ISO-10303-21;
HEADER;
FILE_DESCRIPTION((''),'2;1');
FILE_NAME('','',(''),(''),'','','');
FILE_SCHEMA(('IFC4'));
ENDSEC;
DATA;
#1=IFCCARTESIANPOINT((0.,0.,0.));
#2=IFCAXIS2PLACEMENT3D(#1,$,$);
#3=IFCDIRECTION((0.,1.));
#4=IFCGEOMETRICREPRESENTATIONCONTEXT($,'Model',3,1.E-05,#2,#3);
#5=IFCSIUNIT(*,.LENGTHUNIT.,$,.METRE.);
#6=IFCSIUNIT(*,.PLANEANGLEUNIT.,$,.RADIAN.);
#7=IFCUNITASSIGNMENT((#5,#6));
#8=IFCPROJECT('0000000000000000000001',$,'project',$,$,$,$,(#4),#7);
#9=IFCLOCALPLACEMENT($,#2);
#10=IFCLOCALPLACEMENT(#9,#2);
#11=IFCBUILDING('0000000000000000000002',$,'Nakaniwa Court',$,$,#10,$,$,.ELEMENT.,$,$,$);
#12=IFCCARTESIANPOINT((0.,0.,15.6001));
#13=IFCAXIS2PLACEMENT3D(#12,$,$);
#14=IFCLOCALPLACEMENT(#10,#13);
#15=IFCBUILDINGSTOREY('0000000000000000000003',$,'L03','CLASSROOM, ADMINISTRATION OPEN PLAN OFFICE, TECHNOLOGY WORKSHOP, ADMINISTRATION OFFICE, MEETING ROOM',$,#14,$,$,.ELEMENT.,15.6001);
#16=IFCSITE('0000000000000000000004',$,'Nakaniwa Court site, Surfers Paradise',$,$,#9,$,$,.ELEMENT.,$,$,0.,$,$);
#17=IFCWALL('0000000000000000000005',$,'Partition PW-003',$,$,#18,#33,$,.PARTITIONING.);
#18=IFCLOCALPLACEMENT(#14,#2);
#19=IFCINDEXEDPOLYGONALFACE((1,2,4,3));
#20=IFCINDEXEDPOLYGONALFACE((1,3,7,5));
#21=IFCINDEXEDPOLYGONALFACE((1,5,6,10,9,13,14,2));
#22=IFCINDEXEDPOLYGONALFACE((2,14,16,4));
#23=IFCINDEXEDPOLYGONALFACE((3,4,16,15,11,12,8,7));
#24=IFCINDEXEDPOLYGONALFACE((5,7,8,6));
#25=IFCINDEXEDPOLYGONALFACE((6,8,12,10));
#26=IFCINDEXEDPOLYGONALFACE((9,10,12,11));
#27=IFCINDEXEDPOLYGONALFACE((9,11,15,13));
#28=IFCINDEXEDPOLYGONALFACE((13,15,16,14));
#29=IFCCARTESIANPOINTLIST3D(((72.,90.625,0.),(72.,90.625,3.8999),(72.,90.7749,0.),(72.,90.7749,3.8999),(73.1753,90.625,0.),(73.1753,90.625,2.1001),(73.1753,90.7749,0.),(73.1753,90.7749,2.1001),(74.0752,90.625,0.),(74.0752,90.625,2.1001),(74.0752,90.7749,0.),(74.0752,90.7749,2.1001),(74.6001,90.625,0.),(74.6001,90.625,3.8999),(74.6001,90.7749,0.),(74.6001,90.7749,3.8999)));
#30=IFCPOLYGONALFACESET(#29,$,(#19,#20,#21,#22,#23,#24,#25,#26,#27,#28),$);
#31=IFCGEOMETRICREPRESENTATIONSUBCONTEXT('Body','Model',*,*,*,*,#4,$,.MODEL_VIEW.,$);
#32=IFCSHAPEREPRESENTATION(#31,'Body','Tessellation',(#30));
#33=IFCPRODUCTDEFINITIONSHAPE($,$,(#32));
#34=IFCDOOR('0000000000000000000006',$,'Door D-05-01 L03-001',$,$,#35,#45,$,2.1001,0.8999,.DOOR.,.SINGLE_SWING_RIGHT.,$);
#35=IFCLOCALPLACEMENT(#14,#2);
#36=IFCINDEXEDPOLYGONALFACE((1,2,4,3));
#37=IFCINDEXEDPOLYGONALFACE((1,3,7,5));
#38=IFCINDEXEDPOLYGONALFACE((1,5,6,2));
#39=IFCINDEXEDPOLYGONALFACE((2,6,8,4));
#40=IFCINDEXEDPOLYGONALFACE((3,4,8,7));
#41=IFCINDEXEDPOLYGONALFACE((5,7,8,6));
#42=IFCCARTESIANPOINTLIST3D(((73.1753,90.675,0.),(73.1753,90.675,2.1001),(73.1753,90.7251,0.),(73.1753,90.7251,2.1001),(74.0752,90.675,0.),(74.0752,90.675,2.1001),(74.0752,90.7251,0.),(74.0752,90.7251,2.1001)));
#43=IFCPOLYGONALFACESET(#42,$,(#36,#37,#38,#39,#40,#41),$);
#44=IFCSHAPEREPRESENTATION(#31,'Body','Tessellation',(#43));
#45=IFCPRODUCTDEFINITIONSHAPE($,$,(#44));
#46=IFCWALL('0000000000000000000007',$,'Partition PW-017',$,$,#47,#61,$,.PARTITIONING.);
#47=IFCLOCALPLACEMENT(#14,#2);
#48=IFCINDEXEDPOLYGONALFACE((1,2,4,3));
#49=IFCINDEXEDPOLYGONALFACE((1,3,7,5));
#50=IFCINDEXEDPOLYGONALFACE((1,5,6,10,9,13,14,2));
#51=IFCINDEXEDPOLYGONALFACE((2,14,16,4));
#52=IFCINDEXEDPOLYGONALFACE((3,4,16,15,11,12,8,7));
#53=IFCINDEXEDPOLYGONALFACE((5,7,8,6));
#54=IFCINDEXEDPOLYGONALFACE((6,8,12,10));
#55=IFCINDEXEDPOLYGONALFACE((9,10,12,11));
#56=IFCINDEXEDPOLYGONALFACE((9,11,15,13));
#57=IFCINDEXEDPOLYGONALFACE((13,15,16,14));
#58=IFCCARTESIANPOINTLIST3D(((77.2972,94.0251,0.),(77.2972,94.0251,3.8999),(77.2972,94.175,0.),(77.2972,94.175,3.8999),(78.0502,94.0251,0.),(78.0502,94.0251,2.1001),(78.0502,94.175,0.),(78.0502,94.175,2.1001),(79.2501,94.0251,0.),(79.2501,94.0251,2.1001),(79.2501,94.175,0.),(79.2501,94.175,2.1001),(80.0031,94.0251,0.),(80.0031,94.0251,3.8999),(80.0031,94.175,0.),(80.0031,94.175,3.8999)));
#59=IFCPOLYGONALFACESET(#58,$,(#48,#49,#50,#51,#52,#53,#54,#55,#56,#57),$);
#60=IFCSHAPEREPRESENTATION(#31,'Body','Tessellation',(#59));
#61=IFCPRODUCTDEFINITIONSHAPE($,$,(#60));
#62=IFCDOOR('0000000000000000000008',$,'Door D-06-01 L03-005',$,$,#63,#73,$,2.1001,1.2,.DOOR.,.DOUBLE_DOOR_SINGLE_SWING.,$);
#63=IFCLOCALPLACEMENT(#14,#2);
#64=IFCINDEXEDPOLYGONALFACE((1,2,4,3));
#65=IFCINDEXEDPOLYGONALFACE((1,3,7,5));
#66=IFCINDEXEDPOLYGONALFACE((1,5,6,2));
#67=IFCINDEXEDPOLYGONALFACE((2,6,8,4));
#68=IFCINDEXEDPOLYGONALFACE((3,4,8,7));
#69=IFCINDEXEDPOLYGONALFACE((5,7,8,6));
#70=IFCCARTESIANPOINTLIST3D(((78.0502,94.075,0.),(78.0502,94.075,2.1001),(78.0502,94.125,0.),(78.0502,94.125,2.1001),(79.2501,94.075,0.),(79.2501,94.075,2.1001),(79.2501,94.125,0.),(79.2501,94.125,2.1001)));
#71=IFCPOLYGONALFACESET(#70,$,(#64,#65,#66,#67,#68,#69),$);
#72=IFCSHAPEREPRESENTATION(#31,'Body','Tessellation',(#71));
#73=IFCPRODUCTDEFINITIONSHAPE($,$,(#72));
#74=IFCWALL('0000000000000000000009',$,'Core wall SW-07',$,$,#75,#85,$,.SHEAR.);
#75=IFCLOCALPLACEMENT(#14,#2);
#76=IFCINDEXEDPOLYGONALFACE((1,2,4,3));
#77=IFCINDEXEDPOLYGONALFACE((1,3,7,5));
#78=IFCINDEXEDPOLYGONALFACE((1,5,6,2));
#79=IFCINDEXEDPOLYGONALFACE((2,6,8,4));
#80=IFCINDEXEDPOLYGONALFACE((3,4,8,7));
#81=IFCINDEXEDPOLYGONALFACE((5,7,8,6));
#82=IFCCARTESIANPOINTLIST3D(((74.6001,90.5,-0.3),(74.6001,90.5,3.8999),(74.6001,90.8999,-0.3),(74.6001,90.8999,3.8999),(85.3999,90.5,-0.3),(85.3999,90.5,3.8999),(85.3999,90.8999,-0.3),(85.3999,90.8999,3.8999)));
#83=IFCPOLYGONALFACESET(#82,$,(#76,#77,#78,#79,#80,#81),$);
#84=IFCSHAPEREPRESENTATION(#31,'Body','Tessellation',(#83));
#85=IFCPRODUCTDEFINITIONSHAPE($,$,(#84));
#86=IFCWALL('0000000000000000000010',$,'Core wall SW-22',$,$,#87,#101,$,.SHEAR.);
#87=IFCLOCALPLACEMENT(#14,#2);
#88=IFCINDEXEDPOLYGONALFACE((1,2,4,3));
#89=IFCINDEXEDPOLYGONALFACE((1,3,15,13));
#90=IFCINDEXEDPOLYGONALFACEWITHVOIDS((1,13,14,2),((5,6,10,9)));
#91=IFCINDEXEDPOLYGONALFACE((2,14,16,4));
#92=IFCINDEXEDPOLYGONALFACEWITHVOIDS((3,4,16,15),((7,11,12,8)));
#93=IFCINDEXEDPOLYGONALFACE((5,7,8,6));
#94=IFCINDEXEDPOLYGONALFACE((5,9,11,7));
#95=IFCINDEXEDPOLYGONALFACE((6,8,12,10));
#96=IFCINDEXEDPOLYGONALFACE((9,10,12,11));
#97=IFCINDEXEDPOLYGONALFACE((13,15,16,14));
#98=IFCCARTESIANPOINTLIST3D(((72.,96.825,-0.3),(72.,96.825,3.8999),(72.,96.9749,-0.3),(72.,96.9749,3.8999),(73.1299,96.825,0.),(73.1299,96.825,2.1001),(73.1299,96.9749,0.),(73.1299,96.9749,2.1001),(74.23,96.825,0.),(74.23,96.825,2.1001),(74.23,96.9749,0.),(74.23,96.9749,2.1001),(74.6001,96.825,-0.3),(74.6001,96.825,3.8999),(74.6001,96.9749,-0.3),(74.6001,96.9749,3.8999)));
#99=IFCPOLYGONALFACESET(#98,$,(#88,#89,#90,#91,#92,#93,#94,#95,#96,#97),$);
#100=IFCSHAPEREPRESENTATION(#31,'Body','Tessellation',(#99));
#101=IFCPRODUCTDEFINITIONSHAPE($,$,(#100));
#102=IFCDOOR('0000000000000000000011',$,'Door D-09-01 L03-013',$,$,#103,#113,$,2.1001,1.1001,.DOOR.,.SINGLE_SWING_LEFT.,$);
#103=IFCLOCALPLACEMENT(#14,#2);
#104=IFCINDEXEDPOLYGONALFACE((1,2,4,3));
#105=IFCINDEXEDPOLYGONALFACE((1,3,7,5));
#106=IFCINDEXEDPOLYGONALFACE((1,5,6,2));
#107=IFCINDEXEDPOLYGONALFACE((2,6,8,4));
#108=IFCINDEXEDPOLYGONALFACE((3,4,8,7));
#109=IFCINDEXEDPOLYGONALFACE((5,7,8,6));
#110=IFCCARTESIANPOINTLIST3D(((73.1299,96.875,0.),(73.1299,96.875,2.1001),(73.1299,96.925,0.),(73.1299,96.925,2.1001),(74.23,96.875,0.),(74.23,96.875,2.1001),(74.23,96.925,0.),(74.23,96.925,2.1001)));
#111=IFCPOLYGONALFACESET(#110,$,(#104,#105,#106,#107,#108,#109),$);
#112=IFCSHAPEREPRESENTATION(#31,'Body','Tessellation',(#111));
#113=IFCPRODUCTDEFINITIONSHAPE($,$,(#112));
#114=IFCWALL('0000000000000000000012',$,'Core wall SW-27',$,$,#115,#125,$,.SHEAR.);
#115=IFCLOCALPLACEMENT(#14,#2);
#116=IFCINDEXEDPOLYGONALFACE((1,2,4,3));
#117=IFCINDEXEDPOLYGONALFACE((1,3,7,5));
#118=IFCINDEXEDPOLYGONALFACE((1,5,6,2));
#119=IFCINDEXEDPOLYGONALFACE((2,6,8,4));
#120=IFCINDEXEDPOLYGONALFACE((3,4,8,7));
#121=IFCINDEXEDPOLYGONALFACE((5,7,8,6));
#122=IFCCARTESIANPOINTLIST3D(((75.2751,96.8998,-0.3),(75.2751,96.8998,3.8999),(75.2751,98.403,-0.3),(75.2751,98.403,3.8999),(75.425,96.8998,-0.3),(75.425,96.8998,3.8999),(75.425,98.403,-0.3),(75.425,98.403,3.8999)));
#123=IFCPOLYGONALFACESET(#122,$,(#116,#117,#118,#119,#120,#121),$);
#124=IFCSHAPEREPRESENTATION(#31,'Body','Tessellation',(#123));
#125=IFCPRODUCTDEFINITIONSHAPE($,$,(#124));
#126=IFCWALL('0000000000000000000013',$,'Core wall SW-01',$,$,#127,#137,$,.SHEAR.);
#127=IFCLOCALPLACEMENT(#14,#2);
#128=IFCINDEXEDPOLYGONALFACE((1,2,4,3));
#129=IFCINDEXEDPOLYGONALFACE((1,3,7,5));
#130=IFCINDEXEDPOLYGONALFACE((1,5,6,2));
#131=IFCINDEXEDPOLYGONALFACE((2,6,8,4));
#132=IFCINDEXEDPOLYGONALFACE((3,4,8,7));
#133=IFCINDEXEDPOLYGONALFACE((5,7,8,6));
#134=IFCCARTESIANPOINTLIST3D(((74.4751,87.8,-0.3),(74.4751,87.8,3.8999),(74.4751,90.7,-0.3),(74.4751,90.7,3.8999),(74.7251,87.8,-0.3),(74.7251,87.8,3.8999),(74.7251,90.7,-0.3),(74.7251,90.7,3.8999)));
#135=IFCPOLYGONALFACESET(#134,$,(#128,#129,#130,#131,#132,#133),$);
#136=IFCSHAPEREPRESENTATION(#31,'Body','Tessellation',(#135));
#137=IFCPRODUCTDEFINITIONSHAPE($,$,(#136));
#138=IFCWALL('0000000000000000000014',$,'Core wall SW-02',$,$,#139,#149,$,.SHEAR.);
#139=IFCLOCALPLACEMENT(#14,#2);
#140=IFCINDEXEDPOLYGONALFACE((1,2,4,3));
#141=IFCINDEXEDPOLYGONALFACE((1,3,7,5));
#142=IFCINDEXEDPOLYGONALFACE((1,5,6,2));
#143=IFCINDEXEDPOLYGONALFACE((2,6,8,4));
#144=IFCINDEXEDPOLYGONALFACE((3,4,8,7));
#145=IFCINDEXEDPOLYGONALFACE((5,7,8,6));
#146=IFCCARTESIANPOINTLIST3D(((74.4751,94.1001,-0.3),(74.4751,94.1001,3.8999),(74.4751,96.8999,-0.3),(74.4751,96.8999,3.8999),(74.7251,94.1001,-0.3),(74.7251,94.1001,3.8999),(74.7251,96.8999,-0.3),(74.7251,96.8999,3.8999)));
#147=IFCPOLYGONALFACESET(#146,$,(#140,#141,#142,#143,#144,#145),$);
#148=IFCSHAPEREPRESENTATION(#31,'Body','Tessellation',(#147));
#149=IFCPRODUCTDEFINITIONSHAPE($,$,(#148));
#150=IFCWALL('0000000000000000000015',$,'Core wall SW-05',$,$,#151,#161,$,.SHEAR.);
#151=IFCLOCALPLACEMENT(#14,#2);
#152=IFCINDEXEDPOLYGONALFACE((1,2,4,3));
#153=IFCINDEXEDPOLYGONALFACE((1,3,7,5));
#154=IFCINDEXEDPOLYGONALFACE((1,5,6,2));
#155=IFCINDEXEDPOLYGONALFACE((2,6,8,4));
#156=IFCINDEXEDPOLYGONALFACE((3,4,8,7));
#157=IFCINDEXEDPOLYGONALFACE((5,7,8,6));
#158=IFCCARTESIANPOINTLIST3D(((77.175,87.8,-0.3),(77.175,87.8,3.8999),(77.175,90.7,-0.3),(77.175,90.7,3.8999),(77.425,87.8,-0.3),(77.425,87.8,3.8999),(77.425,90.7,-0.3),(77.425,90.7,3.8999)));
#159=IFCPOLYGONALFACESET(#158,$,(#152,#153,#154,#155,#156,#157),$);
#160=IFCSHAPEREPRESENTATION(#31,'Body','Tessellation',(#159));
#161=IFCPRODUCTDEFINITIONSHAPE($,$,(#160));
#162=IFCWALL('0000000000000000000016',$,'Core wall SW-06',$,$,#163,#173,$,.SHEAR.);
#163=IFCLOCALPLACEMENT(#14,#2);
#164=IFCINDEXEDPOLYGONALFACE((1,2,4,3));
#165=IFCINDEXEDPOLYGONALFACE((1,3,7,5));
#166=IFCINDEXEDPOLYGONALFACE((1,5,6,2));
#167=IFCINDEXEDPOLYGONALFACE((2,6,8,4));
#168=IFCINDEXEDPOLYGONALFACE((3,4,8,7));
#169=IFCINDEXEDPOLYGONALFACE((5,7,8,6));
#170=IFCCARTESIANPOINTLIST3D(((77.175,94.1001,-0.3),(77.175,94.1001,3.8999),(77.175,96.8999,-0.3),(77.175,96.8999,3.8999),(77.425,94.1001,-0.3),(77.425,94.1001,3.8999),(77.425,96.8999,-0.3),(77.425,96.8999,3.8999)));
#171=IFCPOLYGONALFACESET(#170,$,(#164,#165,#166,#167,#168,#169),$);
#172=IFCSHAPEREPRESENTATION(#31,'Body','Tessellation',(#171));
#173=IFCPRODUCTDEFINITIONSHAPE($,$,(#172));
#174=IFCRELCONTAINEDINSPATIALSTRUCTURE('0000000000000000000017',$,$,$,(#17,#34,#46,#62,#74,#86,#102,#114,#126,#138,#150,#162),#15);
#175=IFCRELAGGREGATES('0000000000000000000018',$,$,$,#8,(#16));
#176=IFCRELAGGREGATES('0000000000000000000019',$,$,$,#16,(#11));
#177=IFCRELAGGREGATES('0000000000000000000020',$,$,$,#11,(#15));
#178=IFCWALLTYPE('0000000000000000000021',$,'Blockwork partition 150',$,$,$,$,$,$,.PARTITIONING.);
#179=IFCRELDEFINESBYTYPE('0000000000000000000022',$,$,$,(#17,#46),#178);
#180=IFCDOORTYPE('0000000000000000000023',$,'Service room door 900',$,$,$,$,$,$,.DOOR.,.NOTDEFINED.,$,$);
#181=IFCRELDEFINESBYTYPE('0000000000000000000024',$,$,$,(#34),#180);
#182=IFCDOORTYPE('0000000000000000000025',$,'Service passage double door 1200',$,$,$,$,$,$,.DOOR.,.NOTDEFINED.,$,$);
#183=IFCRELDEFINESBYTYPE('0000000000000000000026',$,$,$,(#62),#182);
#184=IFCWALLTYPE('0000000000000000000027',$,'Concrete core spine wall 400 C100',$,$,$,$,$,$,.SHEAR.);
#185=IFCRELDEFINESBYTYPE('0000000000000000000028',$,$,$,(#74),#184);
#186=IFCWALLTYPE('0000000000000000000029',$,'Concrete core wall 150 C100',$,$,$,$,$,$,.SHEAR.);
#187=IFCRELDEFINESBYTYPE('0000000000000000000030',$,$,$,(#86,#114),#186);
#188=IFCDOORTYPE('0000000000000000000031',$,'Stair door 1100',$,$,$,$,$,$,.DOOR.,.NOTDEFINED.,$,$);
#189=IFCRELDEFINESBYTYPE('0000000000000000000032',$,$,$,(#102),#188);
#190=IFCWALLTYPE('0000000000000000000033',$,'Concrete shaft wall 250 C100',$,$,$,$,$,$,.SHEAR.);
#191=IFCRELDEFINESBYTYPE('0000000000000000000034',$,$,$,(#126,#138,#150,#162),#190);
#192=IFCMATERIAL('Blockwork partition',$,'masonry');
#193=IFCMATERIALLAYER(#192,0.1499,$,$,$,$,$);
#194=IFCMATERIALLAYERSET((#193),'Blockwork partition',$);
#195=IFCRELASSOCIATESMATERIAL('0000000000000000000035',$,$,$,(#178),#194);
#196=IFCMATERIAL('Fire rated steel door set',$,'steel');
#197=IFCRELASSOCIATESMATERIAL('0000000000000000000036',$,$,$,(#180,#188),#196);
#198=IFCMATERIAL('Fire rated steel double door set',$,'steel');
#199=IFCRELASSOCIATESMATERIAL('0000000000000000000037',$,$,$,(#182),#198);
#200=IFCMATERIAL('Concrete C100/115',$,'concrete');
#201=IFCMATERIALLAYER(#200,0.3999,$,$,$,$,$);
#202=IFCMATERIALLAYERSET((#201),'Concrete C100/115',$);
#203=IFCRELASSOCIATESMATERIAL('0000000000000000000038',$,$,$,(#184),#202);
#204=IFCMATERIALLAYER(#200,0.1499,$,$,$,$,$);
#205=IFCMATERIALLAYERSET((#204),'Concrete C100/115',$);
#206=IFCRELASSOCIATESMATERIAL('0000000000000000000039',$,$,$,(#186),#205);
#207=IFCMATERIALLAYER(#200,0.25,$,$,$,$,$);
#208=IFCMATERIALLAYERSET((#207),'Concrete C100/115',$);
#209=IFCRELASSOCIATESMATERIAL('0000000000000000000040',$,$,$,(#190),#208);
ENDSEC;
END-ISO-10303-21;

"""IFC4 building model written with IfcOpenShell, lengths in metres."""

from ifc_helpers import new_model, si_unit, direction, frame, frame_2d, origin, place, context, subcontext, project, spatial, rectangle, extrude, material, layer, layer_set, type_object, element, fill, save


model = new_model("IFC4")

# Units and contexts
model_context = context("Model", 3, precision=1e-05, world=origin(), true_north=direction((0.0, 1.0)))
body_context = subcontext(model_context, "Body", "Model", "MODEL_VIEW")
ifc_project = project(units=[si_unit("LENGTHUNIT", "METRE"), si_unit("PLANEANGLEUNIT", "RADIAN")], contexts=[model_context])

# Site, building, storey
site_placement = place(None, origin())
site = spatial("IfcSite", under=ifc_project, at=site_placement, Name="Nakaniwa Court site, Surfers Paradise", CompositionType="ELEMENT", RefElevation=0.0)
building_placement = place(site_placement, origin())
building = spatial("IfcBuilding", under=site, at=building_placement, Name="Nakaniwa Court", CompositionType="ELEMENT")
storey_placement = place(building_placement, frame((0.0, 0.0, 15.6001)))
storey = spatial("IfcBuildingStorey", under=building, at=storey_placement, Name="L03", Description="CLASSROOM, ADMINISTRATION OPEN PLAN OFFICE, TECHNOLOGY WORKSHOP, ADMINISTRATION OFFICE, MEETING ROOM", CompositionType="ELEMENT", Elevation=15.6001)

# Walls, openings, doors
ifc_material_1 = material(Name="Blockwork partition", Category="masonry")
ifc_layer_1 = layer(ifc_material_1, 0.1499)
ifc_layer_set_1 = layer_set([ifc_layer_1], Name="Blockwork partition")
wall_type_1 = type_object("IfcWallType", Name="Blockwork partition 150", PredefinedType="PARTITIONING", material=ifc_layer_set_1)
wall_1_placement = place(storey_placement, frame((74.6001, 90.7, 0.0), z_axis=(0.0, 0.0, 1.0), x_axis=(-1.0, 0.0, 0.0)))
wall_1 = element("IfcWall", 1, at=wall_1_placement, inside=storey, type_object=wall_type_1, Name="Partition PW-003", PredefinedType="PARTITIONING", context=body_context, shape_type="SweptSolid", body=[
    extrude(rectangle(XDim=2.6001, YDim=0.1499, at=frame_2d((1.3, 0.0))), origin(), (0.0, 0.0, 1.0), 3.8999),
])
opening_1_placement = place(wall_1_placement, frame((0.5249, 0.0, 0.0)))
opening_1 = element("IfcOpeningElement", 2, at=opening_1_placement, cuts=wall_1, PredefinedType="OPENING", context=body_context, shape_type="SweptSolid", body=[
    extrude(rectangle(XDim=0.8999, YDim=2.1001, at=frame_2d((0.45, 1.05))), frame((0.0, 0.085, 0.0), z_axis=(0.0, -1.0, 0.0), x_axis=(1.0, 0.0, 0.0)), (0.0, 0.0, 1.0), 0.1699),
])
ifc_material_2 = material(Name="Fire rated steel door set", Category="steel")
door_type_1 = type_object("IfcDoorType", Name="Service room door 900", OperationType="NOTDEFINED", PredefinedType="DOOR", material=ifc_material_2)
door_1_placement = place(opening_1_placement, origin())
door_1 = element("IfcDoor", 3, at=door_1_placement, inside=storey, type_object=door_type_1, Name="Door D-05-01 L03-001", OperationType="SINGLE_SWING_RIGHT", OverallHeight=2.1001, OverallWidth=0.8999, PredefinedType="DOOR", context=body_context, shape_type="SweptSolid", body=[
    extrude(rectangle(XDim=0.8999, YDim=2.1001, at=frame_2d((0.45, 1.05))), frame((0.0, 0.0249, 0.0), z_axis=(0.0, -1.0, 0.0), x_axis=(1.0, 0.0, 0.0)), (0.0, 0.0, 1.0), 0.05),
])
fill(opening_1, door_1)
wall_2_placement = place(storey_placement, frame((77.2971, 94.1001, 0.0), z_axis=(0.0, 0.0, 1.0), x_axis=(1.0, 0.0, 0.0)))
wall_2 = element("IfcWall", 4, at=wall_2_placement, inside=storey, type_object=wall_type_1, Name="Partition PW-017", PredefinedType="PARTITIONING", context=body_context, shape_type="SweptSolid", body=[
    extrude(rectangle(XDim=2.7058, YDim=0.1499, at=frame_2d((1.353, 0.0))), origin(), (0.0, 0.0, 1.0), 3.8999),
])
opening_2_placement = place(wall_2_placement, frame((0.7529, 0.0, 0.0)))
opening_2 = element("IfcOpeningElement", 5, at=opening_2_placement, cuts=wall_2, PredefinedType="OPENING", context=body_context, shape_type="SweptSolid", body=[
    extrude(rectangle(XDim=1.2, YDim=2.1001, at=frame_2d((0.6001, 1.05))), frame((0.0, 0.085, 0.0), z_axis=(0.0, -1.0, 0.0), x_axis=(1.0, 0.0, 0.0)), (0.0, 0.0, 1.0), 0.1699),
])
ifc_material_3 = material(Name="Fire rated steel double door set", Category="steel")
door_type_2 = type_object("IfcDoorType", Name="Service passage double door 1200", OperationType="NOTDEFINED", PredefinedType="DOOR", material=ifc_material_3)
door_2_placement = place(opening_2_placement, origin())
door_2 = element("IfcDoor", 6, at=door_2_placement, inside=storey, type_object=door_type_2, Name="Door D-06-01 L03-005", OperationType="DOUBLE_DOOR_SINGLE_SWING", OverallHeight=2.1001, OverallWidth=1.2, PredefinedType="DOOR", context=body_context, shape_type="SweptSolid", body=[
    extrude(rectangle(XDim=1.2, YDim=2.1001, at=frame_2d((0.6001, 1.05))), frame((0.0, 0.0249, 0.0), z_axis=(0.0, -1.0, 0.0), x_axis=(1.0, 0.0, 0.0)), (0.0, 0.0, 1.0), 0.05),
])
fill(opening_2, door_2)

# Wall
ifc_material_4 = material(Name="Concrete C100/115", Category="concrete")
ifc_layer_2 = layer(ifc_material_4, 0.3999)
ifc_layer_set_2 = layer_set([ifc_layer_2], Name="Concrete C100/115")
wall_type_2 = type_object("IfcWallType", Name="Concrete core spine wall 400 C100", PredefinedType="SHEAR", material=ifc_layer_set_2)
wall_3_placement = place(storey_placement, frame((74.6001, 90.7, -0.3), z_axis=(0.0, 0.0, 1.0), x_axis=(1.0, 0.0, 0.0)))
element("IfcWall", 7, at=wall_3_placement, inside=storey, type_object=wall_type_2, Name="Core wall SW-07", PredefinedType="SHEAR", context=body_context, shape_type="SweptSolid", body=[
    extrude(rectangle(XDim=10.7998, YDim=0.3999, at=frame_2d((5.3999, 0.0))), origin(), (0.0, 0.0, 1.0), 4.2),
])

# Wall, opening, door
ifc_layer_3 = layer(ifc_material_4, 0.1499)
ifc_layer_set_3 = layer_set([ifc_layer_3], Name="Concrete C100/115")
wall_type_3 = type_object("IfcWallType", Name="Concrete core wall 150 C100", PredefinedType="SHEAR", material=ifc_layer_set_3)
wall_4_placement = place(storey_placement, frame((74.6001, 96.8999, -0.3), z_axis=(0.0, 0.0, 1.0), x_axis=(-1.0, 0.0, 0.0)))
wall_4 = element("IfcWall", 8, at=wall_4_placement, inside=storey, type_object=wall_type_3, Name="Core wall SW-22", PredefinedType="SHEAR", context=body_context, shape_type="SweptSolid", body=[
    extrude(rectangle(XDim=2.6001, YDim=0.1499, at=frame_2d((1.3, 0.0))), origin(), (0.0, 0.0, 1.0), 4.2),
])
opening_3_placement = place(wall_4_placement, frame((0.3701, 0.0, 0.3)))
opening_3 = element("IfcOpeningElement", 9, at=opening_3_placement, cuts=wall_4, PredefinedType="OPENING", context=body_context, shape_type="SweptSolid", body=[
    extrude(rectangle(XDim=1.1001, YDim=2.1001, at=frame_2d((0.55, 1.05))), frame((0.0, 0.085, 0.0), z_axis=(0.0, -1.0, 0.0), x_axis=(1.0, 0.0, 0.0)), (0.0, 0.0, 1.0), 0.1699),
])
door_type_3 = type_object("IfcDoorType", Name="Stair door 1100", OperationType="NOTDEFINED", PredefinedType="DOOR", material=ifc_material_2)
door_3_placement = place(opening_3_placement, origin())
door_3 = element("IfcDoor", 10, at=door_3_placement, inside=storey, type_object=door_type_3, Name="Door D-09-01 L03-013", OperationType="SINGLE_SWING_LEFT", OverallHeight=2.1001, OverallWidth=1.1001, PredefinedType="DOOR", context=body_context, shape_type="SweptSolid", body=[
    extrude(rectangle(XDim=1.1001, YDim=2.1001, at=frame_2d((0.55, 1.05))), frame((0.0, 0.0249, 0.0), z_axis=(0.0, -1.0, 0.0), x_axis=(1.0, 0.0, 0.0)), (0.0, 0.0, 1.0), 0.05),
])
fill(opening_3, door_3)

# Walls
wall_5_placement = place(storey_placement, frame((75.3501, 96.8999, -0.3), z_axis=(0.0, 0.0, 1.0), x_axis=(0.0, 1.0, 0.0)))
element("IfcWall", 11, at=wall_5_placement, inside=storey, type_object=wall_type_3, Name="Core wall SW-27", PredefinedType="SHEAR", context=body_context, shape_type="SweptSolid", body=[
    extrude(rectangle(XDim=1.5032, YDim=0.1499, at=frame_2d((0.7515, 0.0))), origin(), (0.0, 0.0, 1.0), 4.2),
])
ifc_layer_4 = layer(ifc_material_4, 0.25)
ifc_layer_set_4 = layer_set([ifc_layer_4], Name="Concrete C100/115")
wall_type_4 = type_object("IfcWallType", Name="Concrete shaft wall 250 C100", PredefinedType="SHEAR", material=ifc_layer_set_4)
wall_6_placement = place(storey_placement, frame((74.6001, 87.8, -0.3), z_axis=(0.0, 0.0, 1.0), x_axis=(0.0, 1.0, 0.0)))
element("IfcWall", 12, at=wall_6_placement, inside=storey, type_object=wall_type_4, Name="Core wall SW-01", PredefinedType="SHEAR", context=body_context, shape_type="SweptSolid", body=[
    extrude(rectangle(XDim=2.8999, YDim=0.25, at=frame_2d((1.45, 0.0))), origin(), (0.0, 0.0, 1.0), 4.2),
])
wall_7_placement = place(storey_placement, frame((74.6001, 94.1001, -0.3), z_axis=(0.0, 0.0, 1.0), x_axis=(0.0, 1.0, 0.0)))
element("IfcWall", 13, at=wall_7_placement, inside=storey, type_object=wall_type_4, Name="Core wall SW-02", PredefinedType="SHEAR", context=body_context, shape_type="SweptSolid", body=[
    extrude(rectangle(XDim=2.7998, YDim=0.25, at=frame_2d((1.3999, 0.0))), origin(), (0.0, 0.0, 1.0), 4.2),
])
wall_8_placement = place(storey_placement, frame((77.3, 87.8, -0.3), z_axis=(0.0, 0.0, 1.0), x_axis=(0.0, 1.0, 0.0)))
element("IfcWall", 14, at=wall_8_placement, inside=storey, type_object=wall_type_4, Name="Core wall SW-05", PredefinedType="SHEAR", context=body_context, shape_type="SweptSolid", body=[
    extrude(rectangle(XDim=2.8999, YDim=0.25, at=frame_2d((1.45, 0.0))), origin(), (0.0, 0.0, 1.0), 4.2),
])
wall_9_placement = place(storey_placement, frame((77.3, 94.1001, -0.3), z_axis=(0.0, 0.0, 1.0), x_axis=(0.0, 1.0, 0.0)))
element("IfcWall", 15, at=wall_9_placement, inside=storey, type_object=wall_type_4, Name="Core wall SW-06", PredefinedType="SHEAR", context=body_context, shape_type="SweptSolid", body=[
    extrude(rectangle(XDim=2.7998, YDim=0.25, at=frame_2d((1.3999, 0.0))), origin(), (0.0, 0.0, 1.0), 4.2),
])

save(model, "model.ifc")
